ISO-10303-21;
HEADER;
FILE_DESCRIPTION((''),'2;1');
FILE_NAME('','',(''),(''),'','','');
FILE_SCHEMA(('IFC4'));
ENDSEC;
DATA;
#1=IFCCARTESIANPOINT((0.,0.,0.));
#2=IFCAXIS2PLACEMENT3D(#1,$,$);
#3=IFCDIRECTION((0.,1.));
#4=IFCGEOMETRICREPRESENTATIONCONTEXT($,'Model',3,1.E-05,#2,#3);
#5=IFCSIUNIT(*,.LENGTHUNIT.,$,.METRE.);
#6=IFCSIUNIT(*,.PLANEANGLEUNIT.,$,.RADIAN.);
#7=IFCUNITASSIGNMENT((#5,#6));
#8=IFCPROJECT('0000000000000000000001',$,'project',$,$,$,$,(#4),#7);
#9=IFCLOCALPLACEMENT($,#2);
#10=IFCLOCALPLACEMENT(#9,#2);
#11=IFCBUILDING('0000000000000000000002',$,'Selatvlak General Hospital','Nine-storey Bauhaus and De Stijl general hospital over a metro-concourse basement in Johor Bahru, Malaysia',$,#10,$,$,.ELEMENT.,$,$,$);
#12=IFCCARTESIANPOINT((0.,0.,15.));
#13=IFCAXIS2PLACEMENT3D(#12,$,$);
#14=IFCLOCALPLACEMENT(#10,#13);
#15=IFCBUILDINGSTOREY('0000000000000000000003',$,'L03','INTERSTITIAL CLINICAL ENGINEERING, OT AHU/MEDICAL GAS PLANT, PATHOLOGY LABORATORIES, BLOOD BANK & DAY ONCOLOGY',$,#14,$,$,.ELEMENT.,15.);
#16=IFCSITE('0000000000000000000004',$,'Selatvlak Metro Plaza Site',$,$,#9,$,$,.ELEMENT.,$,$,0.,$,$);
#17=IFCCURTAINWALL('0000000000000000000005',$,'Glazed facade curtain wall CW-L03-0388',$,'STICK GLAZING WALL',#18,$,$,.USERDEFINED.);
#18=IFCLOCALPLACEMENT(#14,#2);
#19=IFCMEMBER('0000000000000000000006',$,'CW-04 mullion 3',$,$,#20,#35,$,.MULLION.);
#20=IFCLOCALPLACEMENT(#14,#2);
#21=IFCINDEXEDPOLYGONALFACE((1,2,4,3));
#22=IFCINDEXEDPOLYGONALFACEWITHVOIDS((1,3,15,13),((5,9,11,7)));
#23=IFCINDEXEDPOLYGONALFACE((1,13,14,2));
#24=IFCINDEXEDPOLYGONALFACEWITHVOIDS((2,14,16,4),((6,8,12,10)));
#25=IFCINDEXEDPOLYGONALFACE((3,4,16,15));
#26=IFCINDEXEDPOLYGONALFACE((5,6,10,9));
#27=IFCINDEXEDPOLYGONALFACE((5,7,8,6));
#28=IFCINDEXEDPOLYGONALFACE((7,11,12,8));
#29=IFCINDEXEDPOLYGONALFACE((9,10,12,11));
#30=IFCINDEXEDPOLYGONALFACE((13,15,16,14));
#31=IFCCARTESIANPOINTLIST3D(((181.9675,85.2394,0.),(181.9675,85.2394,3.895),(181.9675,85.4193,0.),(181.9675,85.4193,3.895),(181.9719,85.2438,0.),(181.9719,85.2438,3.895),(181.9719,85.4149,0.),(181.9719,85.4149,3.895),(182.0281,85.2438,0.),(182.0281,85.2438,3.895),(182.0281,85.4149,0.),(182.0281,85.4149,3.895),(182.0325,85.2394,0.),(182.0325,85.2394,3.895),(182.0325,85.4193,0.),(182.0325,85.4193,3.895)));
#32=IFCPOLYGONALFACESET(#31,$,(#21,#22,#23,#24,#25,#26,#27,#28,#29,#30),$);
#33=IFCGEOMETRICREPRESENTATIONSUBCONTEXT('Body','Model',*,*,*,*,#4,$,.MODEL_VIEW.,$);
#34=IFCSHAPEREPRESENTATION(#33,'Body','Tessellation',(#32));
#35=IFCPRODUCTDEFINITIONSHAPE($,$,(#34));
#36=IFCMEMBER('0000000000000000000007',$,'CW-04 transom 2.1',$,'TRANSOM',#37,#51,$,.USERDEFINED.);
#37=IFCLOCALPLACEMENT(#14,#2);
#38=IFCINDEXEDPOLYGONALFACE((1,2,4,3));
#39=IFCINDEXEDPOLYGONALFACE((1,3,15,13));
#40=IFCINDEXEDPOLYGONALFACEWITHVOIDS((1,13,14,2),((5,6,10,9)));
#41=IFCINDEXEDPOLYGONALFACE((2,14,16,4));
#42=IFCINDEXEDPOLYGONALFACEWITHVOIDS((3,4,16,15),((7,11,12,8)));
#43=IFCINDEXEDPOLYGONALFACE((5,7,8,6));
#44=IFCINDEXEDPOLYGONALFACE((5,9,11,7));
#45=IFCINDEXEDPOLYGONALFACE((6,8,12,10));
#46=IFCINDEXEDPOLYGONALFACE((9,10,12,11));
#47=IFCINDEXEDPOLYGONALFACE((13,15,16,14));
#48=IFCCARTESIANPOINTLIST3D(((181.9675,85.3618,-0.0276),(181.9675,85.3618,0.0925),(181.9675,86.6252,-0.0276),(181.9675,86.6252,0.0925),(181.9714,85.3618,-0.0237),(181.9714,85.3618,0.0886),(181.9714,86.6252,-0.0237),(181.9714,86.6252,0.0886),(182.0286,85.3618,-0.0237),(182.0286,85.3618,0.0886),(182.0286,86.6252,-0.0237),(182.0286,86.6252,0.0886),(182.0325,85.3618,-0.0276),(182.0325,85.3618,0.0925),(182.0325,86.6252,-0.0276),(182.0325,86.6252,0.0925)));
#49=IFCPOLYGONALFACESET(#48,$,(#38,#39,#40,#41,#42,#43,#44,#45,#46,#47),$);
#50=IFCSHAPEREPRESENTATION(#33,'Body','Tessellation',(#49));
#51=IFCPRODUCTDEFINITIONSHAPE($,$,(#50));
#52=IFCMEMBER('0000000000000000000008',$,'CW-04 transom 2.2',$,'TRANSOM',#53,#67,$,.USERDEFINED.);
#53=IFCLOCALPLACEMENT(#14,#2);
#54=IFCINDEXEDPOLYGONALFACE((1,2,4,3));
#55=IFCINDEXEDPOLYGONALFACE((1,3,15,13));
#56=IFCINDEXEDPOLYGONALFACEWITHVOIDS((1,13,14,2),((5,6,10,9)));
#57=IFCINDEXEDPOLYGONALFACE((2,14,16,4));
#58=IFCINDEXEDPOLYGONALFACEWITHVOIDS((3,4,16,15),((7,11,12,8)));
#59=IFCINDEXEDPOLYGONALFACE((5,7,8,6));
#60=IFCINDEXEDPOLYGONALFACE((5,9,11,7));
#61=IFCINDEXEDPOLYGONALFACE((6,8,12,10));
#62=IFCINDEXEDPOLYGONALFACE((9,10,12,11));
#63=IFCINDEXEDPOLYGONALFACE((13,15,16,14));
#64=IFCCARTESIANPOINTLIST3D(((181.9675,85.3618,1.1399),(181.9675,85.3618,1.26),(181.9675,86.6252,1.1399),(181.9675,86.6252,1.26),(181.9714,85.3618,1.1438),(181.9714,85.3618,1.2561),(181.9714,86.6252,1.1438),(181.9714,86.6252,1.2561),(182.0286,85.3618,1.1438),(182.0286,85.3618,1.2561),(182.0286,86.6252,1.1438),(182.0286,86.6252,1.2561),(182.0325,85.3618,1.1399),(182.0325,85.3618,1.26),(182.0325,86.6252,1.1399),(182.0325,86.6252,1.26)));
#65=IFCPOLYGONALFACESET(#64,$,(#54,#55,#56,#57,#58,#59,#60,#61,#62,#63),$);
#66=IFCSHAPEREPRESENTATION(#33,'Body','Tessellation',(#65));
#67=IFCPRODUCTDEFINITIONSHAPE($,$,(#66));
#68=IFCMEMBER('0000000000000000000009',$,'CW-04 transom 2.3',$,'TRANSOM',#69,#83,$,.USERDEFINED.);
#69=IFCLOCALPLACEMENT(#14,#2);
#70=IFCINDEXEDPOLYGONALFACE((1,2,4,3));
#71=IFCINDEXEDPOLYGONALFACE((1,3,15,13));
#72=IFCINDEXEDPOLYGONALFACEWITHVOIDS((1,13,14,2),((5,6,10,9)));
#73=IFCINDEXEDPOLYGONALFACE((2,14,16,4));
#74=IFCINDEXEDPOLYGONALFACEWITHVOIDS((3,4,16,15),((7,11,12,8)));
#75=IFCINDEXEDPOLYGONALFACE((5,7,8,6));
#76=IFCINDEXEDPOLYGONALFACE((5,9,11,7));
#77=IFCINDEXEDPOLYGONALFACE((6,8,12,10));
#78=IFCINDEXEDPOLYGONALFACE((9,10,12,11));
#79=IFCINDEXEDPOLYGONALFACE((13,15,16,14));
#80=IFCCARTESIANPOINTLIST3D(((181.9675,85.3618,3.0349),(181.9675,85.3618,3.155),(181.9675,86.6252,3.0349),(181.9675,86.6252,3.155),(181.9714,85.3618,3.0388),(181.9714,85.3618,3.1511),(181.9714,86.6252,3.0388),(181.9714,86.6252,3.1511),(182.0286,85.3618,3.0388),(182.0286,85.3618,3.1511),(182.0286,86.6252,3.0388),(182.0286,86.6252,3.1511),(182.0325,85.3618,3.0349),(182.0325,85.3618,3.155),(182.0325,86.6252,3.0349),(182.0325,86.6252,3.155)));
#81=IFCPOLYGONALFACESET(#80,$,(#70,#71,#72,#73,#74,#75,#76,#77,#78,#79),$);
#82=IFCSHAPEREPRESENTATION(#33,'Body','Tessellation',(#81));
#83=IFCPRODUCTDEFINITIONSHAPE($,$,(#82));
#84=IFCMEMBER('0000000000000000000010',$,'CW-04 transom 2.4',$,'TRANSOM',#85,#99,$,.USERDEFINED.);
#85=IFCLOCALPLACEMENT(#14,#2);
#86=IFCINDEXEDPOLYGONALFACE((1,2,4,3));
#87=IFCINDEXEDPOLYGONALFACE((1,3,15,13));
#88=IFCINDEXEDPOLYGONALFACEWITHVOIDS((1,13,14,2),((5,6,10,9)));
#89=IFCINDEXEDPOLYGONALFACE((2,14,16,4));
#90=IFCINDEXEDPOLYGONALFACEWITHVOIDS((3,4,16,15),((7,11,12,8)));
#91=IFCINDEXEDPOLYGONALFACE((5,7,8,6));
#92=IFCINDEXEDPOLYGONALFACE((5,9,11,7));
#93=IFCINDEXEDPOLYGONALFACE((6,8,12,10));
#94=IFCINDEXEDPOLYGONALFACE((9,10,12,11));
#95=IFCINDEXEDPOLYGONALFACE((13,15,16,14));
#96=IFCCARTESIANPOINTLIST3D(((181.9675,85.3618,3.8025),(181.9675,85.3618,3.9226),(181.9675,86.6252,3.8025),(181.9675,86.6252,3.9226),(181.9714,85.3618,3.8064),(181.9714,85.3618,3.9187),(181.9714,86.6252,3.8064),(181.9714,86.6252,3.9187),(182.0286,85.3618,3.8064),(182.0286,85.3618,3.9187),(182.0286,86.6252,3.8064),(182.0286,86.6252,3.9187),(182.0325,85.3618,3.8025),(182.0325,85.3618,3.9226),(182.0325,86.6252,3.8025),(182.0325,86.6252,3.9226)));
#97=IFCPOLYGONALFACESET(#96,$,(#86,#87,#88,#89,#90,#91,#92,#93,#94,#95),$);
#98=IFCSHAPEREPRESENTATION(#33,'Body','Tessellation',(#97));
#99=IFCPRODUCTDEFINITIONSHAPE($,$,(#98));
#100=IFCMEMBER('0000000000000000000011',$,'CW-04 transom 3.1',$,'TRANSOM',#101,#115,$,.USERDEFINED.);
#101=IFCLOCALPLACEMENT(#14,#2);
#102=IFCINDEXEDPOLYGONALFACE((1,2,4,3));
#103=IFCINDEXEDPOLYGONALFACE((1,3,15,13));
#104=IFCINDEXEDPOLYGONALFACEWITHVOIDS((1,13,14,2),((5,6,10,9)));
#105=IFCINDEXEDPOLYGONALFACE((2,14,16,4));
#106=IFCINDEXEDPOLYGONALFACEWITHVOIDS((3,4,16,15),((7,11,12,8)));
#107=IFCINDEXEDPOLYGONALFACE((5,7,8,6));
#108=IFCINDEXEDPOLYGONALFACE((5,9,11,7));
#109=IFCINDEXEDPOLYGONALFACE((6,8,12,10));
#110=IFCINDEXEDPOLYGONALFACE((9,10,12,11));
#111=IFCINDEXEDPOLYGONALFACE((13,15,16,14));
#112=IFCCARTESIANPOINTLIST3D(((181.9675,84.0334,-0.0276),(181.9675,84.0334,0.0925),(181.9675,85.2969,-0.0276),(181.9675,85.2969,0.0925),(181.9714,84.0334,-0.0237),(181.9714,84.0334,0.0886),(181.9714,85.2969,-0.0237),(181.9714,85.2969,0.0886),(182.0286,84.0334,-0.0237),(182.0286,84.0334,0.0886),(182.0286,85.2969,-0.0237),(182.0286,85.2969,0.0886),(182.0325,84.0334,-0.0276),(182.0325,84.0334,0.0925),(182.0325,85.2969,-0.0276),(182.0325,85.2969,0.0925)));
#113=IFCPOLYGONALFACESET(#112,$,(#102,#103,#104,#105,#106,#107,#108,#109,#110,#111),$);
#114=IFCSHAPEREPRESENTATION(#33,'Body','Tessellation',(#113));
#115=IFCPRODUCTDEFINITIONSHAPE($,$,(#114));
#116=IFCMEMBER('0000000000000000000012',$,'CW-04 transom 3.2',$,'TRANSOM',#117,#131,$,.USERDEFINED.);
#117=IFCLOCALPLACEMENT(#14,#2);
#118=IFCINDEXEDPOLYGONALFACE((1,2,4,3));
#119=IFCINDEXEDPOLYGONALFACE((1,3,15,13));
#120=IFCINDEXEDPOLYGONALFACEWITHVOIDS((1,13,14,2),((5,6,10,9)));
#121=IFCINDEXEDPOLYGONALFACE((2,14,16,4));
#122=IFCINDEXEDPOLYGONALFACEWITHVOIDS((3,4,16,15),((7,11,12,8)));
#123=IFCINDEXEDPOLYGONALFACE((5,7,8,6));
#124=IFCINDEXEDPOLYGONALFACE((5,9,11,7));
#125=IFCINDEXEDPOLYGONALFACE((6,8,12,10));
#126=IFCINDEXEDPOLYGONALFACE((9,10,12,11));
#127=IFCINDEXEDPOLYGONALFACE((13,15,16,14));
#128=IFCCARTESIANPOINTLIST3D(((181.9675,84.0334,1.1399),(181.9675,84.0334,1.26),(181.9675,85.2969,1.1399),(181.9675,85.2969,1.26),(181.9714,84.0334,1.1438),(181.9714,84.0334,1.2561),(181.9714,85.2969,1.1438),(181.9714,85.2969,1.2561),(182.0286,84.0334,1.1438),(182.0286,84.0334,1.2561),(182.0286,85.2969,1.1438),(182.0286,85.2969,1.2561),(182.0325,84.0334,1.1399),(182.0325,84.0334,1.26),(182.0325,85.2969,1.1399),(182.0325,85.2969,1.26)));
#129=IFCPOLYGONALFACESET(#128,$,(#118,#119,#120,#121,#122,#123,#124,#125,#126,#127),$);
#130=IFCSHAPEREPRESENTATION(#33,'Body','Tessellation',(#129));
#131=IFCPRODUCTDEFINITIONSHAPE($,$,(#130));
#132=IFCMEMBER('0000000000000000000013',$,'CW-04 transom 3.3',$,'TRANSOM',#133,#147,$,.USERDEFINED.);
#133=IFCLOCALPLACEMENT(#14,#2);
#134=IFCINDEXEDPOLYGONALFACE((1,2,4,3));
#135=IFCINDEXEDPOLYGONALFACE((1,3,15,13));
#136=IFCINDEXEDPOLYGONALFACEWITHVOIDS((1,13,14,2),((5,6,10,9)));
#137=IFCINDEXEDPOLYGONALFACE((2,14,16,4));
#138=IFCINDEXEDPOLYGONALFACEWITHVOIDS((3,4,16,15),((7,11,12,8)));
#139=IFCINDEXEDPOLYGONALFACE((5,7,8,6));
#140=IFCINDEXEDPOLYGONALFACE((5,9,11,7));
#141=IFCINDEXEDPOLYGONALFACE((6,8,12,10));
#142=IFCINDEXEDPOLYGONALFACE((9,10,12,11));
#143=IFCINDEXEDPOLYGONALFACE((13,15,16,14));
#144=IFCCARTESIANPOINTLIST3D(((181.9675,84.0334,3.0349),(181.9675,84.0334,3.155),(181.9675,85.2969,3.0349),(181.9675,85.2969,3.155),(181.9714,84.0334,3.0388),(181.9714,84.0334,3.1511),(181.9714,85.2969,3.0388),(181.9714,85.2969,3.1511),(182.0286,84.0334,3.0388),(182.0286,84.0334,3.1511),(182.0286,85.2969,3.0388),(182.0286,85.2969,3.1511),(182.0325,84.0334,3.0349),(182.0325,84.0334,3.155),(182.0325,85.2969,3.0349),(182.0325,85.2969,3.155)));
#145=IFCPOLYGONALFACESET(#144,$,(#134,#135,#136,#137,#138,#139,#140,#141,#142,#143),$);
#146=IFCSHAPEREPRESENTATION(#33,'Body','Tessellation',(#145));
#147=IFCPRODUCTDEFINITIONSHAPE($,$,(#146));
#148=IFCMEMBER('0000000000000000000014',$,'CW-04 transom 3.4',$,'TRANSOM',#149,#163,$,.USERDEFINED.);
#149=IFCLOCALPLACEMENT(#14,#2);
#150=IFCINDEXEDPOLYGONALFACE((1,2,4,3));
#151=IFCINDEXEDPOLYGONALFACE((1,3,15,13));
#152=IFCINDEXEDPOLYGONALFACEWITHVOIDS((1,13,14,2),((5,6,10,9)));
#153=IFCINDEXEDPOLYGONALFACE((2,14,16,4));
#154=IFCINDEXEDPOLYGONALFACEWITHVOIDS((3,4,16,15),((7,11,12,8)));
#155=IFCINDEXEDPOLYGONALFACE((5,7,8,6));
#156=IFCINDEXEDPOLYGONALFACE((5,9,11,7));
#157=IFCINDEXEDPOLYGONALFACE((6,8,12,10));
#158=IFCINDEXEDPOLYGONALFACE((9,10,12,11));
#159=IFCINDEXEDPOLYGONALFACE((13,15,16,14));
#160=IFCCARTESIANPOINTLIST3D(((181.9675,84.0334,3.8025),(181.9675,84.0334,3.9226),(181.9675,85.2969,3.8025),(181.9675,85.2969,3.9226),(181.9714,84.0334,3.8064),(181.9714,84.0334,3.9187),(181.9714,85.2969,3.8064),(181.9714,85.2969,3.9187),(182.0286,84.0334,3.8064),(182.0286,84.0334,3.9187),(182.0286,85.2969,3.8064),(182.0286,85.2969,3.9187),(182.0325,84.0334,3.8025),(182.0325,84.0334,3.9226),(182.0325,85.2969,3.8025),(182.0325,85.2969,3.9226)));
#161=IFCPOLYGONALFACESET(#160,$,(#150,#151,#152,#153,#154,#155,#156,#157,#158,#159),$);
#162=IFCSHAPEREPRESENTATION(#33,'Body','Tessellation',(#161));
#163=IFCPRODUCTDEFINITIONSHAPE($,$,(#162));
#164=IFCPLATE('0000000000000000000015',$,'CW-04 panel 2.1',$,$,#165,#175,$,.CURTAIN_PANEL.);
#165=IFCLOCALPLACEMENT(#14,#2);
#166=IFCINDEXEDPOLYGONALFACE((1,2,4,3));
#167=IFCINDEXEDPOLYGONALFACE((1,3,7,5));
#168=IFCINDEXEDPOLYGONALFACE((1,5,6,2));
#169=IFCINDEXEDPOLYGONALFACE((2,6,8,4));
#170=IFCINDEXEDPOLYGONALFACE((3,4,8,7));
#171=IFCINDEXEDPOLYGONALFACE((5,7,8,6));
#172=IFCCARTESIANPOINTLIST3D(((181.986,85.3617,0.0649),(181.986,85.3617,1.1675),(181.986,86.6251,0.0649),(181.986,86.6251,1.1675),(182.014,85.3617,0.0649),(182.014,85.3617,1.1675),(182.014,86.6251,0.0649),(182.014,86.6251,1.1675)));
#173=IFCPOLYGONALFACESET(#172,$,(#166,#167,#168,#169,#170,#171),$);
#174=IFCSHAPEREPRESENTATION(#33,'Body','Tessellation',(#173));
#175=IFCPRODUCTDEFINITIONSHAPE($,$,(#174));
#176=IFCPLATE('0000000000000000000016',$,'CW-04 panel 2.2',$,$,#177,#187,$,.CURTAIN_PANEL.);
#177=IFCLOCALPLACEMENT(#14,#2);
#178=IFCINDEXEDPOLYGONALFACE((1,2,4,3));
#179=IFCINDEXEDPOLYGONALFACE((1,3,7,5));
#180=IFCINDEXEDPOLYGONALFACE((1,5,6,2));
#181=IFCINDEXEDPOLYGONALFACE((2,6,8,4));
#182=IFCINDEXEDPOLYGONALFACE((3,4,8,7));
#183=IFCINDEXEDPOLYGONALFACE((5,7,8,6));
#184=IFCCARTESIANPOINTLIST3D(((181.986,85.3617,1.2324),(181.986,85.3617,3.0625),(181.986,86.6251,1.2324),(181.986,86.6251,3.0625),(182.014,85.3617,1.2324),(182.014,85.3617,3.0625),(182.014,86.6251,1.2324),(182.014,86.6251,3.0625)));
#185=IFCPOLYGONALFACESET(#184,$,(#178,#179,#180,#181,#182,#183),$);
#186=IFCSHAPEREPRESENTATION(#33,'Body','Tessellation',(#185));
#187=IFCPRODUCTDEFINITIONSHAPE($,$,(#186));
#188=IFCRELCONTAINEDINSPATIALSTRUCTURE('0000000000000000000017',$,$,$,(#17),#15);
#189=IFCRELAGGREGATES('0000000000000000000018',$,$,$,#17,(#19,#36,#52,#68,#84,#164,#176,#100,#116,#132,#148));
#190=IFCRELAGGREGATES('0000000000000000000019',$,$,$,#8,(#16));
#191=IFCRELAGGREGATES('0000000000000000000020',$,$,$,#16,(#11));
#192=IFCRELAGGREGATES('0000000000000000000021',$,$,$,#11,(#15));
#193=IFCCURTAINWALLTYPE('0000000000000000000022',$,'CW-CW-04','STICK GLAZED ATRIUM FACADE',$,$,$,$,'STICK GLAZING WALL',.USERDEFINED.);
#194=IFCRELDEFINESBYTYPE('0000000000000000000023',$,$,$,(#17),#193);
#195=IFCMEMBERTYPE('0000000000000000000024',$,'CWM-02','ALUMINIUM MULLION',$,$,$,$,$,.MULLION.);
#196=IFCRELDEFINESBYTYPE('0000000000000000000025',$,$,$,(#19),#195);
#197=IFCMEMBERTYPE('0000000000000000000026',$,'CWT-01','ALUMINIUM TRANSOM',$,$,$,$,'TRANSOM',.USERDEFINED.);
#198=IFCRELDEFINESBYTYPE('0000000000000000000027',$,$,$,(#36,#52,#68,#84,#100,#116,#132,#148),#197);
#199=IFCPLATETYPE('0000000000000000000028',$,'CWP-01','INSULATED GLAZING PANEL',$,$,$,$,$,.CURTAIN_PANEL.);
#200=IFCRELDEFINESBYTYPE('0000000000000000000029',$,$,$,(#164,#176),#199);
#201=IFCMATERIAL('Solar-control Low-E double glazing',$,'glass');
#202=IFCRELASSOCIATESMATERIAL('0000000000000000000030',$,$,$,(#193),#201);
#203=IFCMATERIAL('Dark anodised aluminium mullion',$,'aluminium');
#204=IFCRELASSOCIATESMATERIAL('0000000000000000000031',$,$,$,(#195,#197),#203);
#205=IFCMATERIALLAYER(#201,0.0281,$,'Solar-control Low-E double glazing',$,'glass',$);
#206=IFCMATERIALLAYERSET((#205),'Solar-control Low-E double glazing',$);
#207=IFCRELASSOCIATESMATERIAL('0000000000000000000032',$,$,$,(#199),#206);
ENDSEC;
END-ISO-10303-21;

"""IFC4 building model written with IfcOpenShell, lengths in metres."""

from ifc_helpers import new_model, si_unit, direction, frame, origin, origin_2d, place, context, subcontext, project, spatial, rectangle, hollow_rectangle, extrude, material, layer, layer_set, material_profile, profile_set, type_object, element, aggregate, save


model = new_model("IFC4")

# Units and contexts
model_context = context("Model", 3, precision=1e-05, world=origin(), true_north=direction((0.0, 1.0)))
body_context = subcontext(model_context, "Body", "Model", "MODEL_VIEW")
ifc_project = project(units=[si_unit("LENGTHUNIT", "METRE"), si_unit("PLANEANGLEUNIT", "RADIAN")], contexts=[model_context])

# Site, building, storey
site_placement = place(None, origin())
site = spatial("IfcSite", under=ifc_project, at=site_placement, Name="Selatvlak Metro Plaza Site", CompositionType="ELEMENT", RefElevation=0.0)
building_placement = place(site_placement, origin())
building = spatial("IfcBuilding", under=site, at=building_placement, Name="Selatvlak General Hospital", Description="Nine-storey Bauhaus and De Stijl general hospital over a metro-concourse basement in Johor Bahru, Malaysia", CompositionType="ELEMENT")
storey_placement = place(building_placement, frame((0.0, 0.0, 15.0)))
storey = spatial("IfcBuildingStorey", under=building, at=storey_placement, Name="L03", Description="INTERSTITIAL CLINICAL ENGINEERING, OT AHU/MEDICAL GAS PLANT, PATHOLOGY LABORATORIES, BLOOD BANK & DAY ONCOLOGY", CompositionType="ELEMENT", Elevation=15.0)

# Curtain wall, members, plates
ifc_material_1 = material(Name="Solar-control Low-E double glazing", Category="glass")
curtain_wall_type = type_object("IfcCurtainWallType", Name="CW-CW-04", Description="STICK GLAZED ATRIUM FACADE", ElementType="STICK GLAZING WALL", PredefinedType="USERDEFINED", material=ifc_material_1)
curtain_wall_placement = place(storey_placement, origin())
curtain_wall = element("IfcCurtainWall", 1, at=curtain_wall_placement, inside=storey, type_object=curtain_wall_type, Name="Glazed facade curtain wall CW-L03-0388", ObjectType="STICK GLAZING WALL", PredefinedType="USERDEFINED")
ifc_material_2 = material(Name="Dark anodised aluminium mullion", Category="aluminium")
ifc_material_profile_1 = material_profile(ifc_material_2, hollow_rectangle(XDim=0.0649, YDim=0.1799, WallThickness=0.0044, at=origin_2d()), Name="AL-MUL 65x180x4.5")
ifc_profile_set_1 = profile_set([ifc_material_profile_1], Name="Dark anodised aluminium mullion")
member_type_1 = type_object("IfcMemberType", Name="CWM-02", Description="ALUMINIUM MULLION", PredefinedType="MULLION", material=ifc_profile_set_1)
member_1_placement = place(storey_placement, frame((182.0, 85.3293, 0.0), z_axis=(0.0, 0.0, 1.0), x_axis=(1.0, 0.0, 0.0)))
member_1 = element("IfcMember", 2, at=member_1_placement, type_object=member_type_1, Name="CW-04 mullion 3", PredefinedType="MULLION", context=body_context, shape_type="SweptSolid", body=[
    extrude(hollow_rectangle(XDim=0.0649, YDim=0.1799, WallThickness=0.0044, at=origin_2d()), origin(), (0.0, 0.0, 1.0), 3.895),
])
ifc_material_profile_2 = material_profile(ifc_material_2, hollow_rectangle(XDim=0.0649, YDim=0.1201, WallThickness=0.0039, at=origin_2d()), Name="AL-TRN 65x120x4")
ifc_profile_set_2 = profile_set([ifc_material_profile_2], Name="Dark anodised aluminium mullion")
member_type_2 = type_object("IfcMemberType", Name="CWT-01", Description="ALUMINIUM TRANSOM", ElementType="TRANSOM", PredefinedType="USERDEFINED", material=ifc_profile_set_2)
member_2_placement = place(storey_placement, frame((182.0, 86.6252, 0.0325), z_axis=(0.0, -1.0, 0.0), x_axis=(1.0, 0.0, 0.0)))
member_2 = element("IfcMember", 3, at=member_2_placement, type_object=member_type_2, Name="CW-04 transom 2.1", ObjectType="TRANSOM", PredefinedType="USERDEFINED", context=body_context, shape_type="SweptSolid", body=[
    extrude(hollow_rectangle(XDim=0.0649, YDim=0.1201, WallThickness=0.0039, at=origin_2d()), origin(), (0.0, 0.0, 1.0), 1.2634),
])
member_3_placement = place(storey_placement, frame((182.0, 86.6252, 1.2), z_axis=(0.0, -1.0, 0.0), x_axis=(1.0, 0.0, 0.0)))
member_3 = element("IfcMember", 4, at=member_3_placement, type_object=member_type_2, Name="CW-04 transom 2.2", ObjectType="TRANSOM", PredefinedType="USERDEFINED", context=body_context, shape_type="SweptSolid", body=[
    extrude(hollow_rectangle(XDim=0.0649, YDim=0.1201, WallThickness=0.0039, at=origin_2d()), origin(), (0.0, 0.0, 1.0), 1.2634),
])
member_4_placement = place(storey_placement, frame((182.0, 86.6252, 3.095), z_axis=(0.0, -1.0, 0.0), x_axis=(1.0, 0.0, 0.0)))
member_4 = element("IfcMember", 5, at=member_4_placement, type_object=member_type_2, Name="CW-04 transom 2.3", ObjectType="TRANSOM", PredefinedType="USERDEFINED", context=body_context, shape_type="SweptSolid", body=[
    extrude(hollow_rectangle(XDim=0.0649, YDim=0.1201, WallThickness=0.0039, at=origin_2d()), origin(), (0.0, 0.0, 1.0), 1.2634),
])
member_5_placement = place(storey_placement, frame((182.0, 86.6252, 3.8625), z_axis=(0.0, -1.0, 0.0), x_axis=(1.0, 0.0, 0.0)))
member_5 = element("IfcMember", 6, at=member_5_placement, type_object=member_type_2, Name="CW-04 transom 2.4", ObjectType="TRANSOM", PredefinedType="USERDEFINED", context=body_context, shape_type="SweptSolid", body=[
    extrude(hollow_rectangle(XDim=0.0649, YDim=0.1201, WallThickness=0.0039, at=origin_2d()), origin(), (0.0, 0.0, 1.0), 1.2634),
])
member_6_placement = place(storey_placement, frame((182.0, 85.2969, 0.0325), z_axis=(0.0, -1.0, 0.0), x_axis=(1.0, 0.0, 0.0)))
member_6 = element("IfcMember", 7, at=member_6_placement, type_object=member_type_2, Name="CW-04 transom 3.1", ObjectType="TRANSOM", PredefinedType="USERDEFINED", context=body_context, shape_type="SweptSolid", body=[
    extrude(hollow_rectangle(XDim=0.0649, YDim=0.1201, WallThickness=0.0039, at=origin_2d()), origin(), (0.0, 0.0, 1.0), 1.2634),
])
member_7_placement = place(storey_placement, frame((182.0, 85.2969, 1.2), z_axis=(0.0, -1.0, 0.0), x_axis=(1.0, 0.0, 0.0)))
member_7 = element("IfcMember", 8, at=member_7_placement, type_object=member_type_2, Name="CW-04 transom 3.2", ObjectType="TRANSOM", PredefinedType="USERDEFINED", context=body_context, shape_type="SweptSolid", body=[
    extrude(hollow_rectangle(XDim=0.0649, YDim=0.1201, WallThickness=0.0039, at=origin_2d()), origin(), (0.0, 0.0, 1.0), 1.2634),
])
member_8_placement = place(storey_placement, frame((182.0, 85.2969, 3.095), z_axis=(0.0, -1.0, 0.0), x_axis=(1.0, 0.0, 0.0)))
member_8 = element("IfcMember", 9, at=member_8_placement, type_object=member_type_2, Name="CW-04 transom 3.3", ObjectType="TRANSOM", PredefinedType="USERDEFINED", context=body_context, shape_type="SweptSolid", body=[
    extrude(hollow_rectangle(XDim=0.0649, YDim=0.1201, WallThickness=0.0039, at=origin_2d()), origin(), (0.0, 0.0, 1.0), 1.2634),
])
member_9_placement = place(storey_placement, frame((182.0, 85.2969, 3.8625), z_axis=(0.0, -1.0, 0.0), x_axis=(1.0, 0.0, 0.0)))
member_9 = element("IfcMember", 10, at=member_9_placement, type_object=member_type_2, Name="CW-04 transom 3.4", ObjectType="TRANSOM", PredefinedType="USERDEFINED", context=body_context, shape_type="SweptSolid", body=[
    extrude(hollow_rectangle(XDim=0.0649, YDim=0.1201, WallThickness=0.0039, at=origin_2d()), origin(), (0.0, 0.0, 1.0), 1.2634),
])
ifc_layer_1 = layer(ifc_material_1, 0.0281, Name="Solar-control Low-E double glazing", Category="glass")
ifc_layer_set_1 = layer_set([ifc_layer_1], Name="Solar-control Low-E double glazing")
plate_type = type_object("IfcPlateType", Name="CWP-01", Description="INSULATED GLAZING PANEL", PredefinedType="CURTAIN_PANEL", material=ifc_layer_set_1)
plate_1_placement = place(storey_placement, frame((182.0, 85.9934, 0.0649), z_axis=(0.0, 0.0, 1.0), x_axis=(0.0, -1.0, 0.0)))
plate_1 = element("IfcPlate", 11, at=plate_1_placement, type_object=plate_type, Name="CW-04 panel 2.1", PredefinedType="CURTAIN_PANEL", context=body_context, shape_type="SweptSolid", body=[
    extrude(rectangle(XDim=1.2634, YDim=0.0281, at=origin_2d()), origin(), (0.0, 0.0, 1.0), 1.1025),
])
plate_2_placement = place(storey_placement, frame((182.0, 85.9934, 1.2324), z_axis=(0.0, 0.0, 1.0), x_axis=(0.0, -1.0, 0.0)))
plate_2 = element("IfcPlate", 12, at=plate_2_placement, type_object=plate_type, Name="CW-04 panel 2.2", PredefinedType="CURTAIN_PANEL", context=body_context, shape_type="SweptSolid", body=[
    extrude(rectangle(XDim=1.2634, YDim=0.0281, at=origin_2d()), origin(), (0.0, 0.0, 1.0), 1.8301),
])
aggregate(curtain_wall, [member_1, member_2, member_3, member_4, member_5, plate_1, plate_2, member_6, member_7, member_8, member_9])

save(model, "model.ifc")
